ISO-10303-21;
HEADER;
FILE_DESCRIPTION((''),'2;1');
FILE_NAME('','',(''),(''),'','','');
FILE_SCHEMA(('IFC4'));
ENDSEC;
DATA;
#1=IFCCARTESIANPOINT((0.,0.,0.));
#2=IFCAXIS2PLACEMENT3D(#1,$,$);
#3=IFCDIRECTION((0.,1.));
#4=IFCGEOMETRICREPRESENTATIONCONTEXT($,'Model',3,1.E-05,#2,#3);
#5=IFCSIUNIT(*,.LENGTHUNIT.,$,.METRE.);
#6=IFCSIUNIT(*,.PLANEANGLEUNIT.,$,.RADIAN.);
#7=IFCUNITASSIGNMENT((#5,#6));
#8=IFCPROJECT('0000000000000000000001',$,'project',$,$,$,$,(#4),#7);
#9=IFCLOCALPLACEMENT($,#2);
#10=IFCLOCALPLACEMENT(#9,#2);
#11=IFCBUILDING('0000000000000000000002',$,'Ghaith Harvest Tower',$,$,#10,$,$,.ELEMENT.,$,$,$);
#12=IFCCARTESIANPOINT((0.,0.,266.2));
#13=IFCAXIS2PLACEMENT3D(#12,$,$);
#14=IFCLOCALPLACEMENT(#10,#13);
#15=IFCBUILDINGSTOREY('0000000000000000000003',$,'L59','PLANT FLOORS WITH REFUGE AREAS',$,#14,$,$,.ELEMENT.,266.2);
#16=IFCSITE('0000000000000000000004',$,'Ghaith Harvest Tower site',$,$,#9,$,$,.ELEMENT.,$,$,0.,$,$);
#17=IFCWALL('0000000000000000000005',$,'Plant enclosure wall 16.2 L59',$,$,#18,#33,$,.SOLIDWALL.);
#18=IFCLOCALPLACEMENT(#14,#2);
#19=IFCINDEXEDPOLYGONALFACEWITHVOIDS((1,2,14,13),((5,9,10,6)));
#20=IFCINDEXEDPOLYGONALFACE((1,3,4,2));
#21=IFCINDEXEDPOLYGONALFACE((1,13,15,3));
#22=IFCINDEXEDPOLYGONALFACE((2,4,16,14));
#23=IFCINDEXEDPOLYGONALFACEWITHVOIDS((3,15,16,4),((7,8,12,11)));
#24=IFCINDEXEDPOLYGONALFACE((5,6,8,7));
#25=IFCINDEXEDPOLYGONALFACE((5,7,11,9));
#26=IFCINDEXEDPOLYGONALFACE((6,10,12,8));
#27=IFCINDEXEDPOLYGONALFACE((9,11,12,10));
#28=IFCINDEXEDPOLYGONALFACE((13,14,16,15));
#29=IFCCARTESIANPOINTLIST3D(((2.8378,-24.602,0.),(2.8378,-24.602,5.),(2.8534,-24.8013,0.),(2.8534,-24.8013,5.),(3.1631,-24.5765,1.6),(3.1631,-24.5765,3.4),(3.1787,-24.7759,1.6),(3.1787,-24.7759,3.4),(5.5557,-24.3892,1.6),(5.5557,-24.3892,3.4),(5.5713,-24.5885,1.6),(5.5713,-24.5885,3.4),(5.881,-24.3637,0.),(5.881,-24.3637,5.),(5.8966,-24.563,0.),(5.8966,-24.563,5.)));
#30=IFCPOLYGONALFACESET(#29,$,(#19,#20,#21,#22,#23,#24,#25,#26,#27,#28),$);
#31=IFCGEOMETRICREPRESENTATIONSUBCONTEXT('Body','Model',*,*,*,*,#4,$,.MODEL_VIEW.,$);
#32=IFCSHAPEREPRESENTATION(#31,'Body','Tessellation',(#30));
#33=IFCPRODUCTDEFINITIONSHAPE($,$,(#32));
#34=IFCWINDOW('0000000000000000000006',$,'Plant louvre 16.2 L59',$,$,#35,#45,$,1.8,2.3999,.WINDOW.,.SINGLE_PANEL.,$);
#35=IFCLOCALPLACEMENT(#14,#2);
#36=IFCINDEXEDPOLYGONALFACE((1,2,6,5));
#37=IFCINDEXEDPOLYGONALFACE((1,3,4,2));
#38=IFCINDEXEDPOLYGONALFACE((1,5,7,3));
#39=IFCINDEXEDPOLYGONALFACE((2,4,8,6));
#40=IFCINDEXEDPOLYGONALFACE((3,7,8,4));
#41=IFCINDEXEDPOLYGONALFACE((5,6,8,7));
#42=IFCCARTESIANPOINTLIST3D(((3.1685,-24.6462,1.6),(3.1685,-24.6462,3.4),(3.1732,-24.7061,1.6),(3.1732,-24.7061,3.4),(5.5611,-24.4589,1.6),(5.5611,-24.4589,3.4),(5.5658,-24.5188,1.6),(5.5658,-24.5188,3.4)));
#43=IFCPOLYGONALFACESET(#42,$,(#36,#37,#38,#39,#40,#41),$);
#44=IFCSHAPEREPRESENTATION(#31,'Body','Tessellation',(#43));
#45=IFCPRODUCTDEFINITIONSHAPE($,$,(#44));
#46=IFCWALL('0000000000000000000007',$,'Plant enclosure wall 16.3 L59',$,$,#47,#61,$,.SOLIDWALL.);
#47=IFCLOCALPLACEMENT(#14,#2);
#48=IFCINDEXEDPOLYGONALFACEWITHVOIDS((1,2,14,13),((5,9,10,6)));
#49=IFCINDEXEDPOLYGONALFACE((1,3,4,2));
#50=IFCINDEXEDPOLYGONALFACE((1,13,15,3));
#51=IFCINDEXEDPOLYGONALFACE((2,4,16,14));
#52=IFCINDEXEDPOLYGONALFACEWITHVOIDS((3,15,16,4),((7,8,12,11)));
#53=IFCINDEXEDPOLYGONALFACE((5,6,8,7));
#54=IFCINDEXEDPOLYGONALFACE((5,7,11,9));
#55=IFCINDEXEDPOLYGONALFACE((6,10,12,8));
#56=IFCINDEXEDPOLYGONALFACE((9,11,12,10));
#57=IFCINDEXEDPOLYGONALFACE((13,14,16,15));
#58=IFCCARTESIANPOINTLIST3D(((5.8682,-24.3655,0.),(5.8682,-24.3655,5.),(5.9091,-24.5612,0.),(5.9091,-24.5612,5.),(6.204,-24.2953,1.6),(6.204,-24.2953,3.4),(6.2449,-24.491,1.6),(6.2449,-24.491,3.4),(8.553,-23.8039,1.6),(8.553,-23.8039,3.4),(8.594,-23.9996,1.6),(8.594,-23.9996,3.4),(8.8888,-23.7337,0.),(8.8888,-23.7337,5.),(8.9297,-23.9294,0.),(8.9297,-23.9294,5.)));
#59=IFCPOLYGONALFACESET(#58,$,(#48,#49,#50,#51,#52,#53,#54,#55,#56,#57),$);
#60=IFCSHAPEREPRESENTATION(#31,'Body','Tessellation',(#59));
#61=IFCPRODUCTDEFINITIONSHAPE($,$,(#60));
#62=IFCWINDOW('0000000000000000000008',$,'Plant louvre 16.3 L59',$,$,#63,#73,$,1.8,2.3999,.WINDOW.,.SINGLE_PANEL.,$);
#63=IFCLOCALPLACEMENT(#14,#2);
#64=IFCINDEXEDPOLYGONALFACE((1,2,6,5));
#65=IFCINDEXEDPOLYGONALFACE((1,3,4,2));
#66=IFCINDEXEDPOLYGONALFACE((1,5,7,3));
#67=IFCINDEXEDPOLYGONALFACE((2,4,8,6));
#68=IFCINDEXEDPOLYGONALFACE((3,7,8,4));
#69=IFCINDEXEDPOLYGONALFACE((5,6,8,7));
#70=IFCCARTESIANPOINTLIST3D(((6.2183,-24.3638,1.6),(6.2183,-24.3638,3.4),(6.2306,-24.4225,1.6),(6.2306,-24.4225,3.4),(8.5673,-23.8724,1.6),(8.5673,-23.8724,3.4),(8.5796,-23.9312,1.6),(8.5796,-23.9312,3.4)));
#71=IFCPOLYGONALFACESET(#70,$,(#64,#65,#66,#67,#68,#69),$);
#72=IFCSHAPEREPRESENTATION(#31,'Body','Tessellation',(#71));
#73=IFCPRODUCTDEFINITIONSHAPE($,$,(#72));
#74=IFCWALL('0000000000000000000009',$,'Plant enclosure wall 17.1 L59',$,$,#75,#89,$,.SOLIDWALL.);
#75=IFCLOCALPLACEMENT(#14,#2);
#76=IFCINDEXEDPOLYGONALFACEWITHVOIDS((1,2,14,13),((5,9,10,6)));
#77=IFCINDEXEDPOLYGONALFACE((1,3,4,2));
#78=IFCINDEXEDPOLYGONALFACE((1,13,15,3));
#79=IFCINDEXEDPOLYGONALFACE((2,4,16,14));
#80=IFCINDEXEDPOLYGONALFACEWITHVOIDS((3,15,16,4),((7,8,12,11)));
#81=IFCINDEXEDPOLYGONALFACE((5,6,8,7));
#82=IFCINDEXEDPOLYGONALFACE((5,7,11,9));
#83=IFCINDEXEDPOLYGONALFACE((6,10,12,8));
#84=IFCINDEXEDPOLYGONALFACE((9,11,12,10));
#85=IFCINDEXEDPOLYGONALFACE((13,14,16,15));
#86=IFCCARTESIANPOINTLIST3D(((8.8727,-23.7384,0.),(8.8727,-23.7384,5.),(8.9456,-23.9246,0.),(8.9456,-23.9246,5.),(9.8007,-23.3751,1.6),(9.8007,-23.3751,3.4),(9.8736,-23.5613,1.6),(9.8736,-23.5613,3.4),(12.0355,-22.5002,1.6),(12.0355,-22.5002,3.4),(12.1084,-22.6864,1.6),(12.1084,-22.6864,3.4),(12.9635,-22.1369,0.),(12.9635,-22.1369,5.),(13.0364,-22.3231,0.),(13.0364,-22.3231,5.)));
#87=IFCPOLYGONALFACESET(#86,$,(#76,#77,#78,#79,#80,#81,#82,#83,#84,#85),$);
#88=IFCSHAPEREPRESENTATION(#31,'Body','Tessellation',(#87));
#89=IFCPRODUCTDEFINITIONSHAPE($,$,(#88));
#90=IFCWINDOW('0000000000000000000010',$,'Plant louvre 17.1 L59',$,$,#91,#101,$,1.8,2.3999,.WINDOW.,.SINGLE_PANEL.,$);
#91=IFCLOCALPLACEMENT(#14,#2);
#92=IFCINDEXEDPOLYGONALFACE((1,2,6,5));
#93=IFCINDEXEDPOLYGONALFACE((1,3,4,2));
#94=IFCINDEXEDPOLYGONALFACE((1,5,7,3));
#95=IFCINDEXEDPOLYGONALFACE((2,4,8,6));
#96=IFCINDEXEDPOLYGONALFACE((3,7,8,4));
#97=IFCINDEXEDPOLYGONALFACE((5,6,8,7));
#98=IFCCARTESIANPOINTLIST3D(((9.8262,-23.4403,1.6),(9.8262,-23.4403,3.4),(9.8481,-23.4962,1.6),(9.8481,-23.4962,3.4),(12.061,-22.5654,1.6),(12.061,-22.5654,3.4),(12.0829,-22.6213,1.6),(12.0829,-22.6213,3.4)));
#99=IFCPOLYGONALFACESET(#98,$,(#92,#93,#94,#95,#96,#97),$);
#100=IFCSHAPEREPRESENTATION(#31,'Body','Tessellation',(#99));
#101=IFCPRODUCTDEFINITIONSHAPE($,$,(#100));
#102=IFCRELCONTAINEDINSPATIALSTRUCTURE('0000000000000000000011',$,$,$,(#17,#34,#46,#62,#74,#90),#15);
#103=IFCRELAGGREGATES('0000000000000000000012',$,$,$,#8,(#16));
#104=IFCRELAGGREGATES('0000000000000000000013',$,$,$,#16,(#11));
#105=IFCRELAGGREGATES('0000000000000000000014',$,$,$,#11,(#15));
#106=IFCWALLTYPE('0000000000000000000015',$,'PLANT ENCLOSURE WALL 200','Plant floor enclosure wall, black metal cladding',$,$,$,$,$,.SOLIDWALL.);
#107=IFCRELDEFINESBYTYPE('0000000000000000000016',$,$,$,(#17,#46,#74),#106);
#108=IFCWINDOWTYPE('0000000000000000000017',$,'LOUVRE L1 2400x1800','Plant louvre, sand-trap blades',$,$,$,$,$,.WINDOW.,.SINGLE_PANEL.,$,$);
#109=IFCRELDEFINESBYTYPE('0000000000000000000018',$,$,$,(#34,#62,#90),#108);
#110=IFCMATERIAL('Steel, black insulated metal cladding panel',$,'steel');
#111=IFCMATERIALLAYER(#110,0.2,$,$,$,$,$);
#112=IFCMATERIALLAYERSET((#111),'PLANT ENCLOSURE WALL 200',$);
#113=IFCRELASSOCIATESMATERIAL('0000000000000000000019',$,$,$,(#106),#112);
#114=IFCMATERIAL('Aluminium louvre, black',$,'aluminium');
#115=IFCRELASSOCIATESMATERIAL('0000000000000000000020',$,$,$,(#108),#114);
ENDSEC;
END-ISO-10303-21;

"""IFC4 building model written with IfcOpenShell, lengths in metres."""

from ifc_helpers import new_model, si_unit, direction, frame, frame_2d, origin, place, context, subcontext, project, spatial, rectangle, extrude, material, layer, layer_set, type_object, element, fill, save


model = new_model("IFC4")

# Units and contexts
model_context = context("Model", 3, precision=1e-05, world=origin(), true_north=direction((0.0, 1.0)))
body_context = subcontext(model_context, "Body", "Model", "MODEL_VIEW")
ifc_project = project(units=[si_unit("LENGTHUNIT", "METRE"), si_unit("PLANEANGLEUNIT", "RADIAN")], contexts=[model_context])

# Site, building, storey
site_placement = place(None, origin())
site = spatial("IfcSite", under=ifc_project, at=site_placement, Name="Ghaith Harvest Tower site", CompositionType="ELEMENT", RefElevation=0.0)
building_placement = place(site_placement, origin())
building = spatial("IfcBuilding", under=site, at=building_placement, Name="Ghaith Harvest Tower", CompositionType="ELEMENT")
storey_placement = place(building_placement, frame((0.0, 0.0, 266.2)))
storey = spatial("IfcBuildingStorey", under=building, at=storey_placement, Name="L59", Description="PLANT FLOORS WITH REFUGE AREAS", CompositionType="ELEMENT", Elevation=266.2)

# Walls, openings, windows
ifc_material_1 = material(Name="Steel, black insulated metal cladding panel", Category="steel")
ifc_layer_1 = layer(ifc_material_1, 0.2)
ifc_layer_set_1 = layer_set([ifc_layer_1], Name="PLANT ENCLOSURE WALL 200")
wall_type_1 = type_object("IfcWallType", Name="PLANT ENCLOSURE WALL 200", Description="Plant floor enclosure wall, black metal cladding", PredefinedType="SOLIDWALL", material=ifc_layer_set_1)
wall_1_placement = place(storey_placement, frame((2.8455, -24.7017, 0.0), z_axis=(0.0, 0.0, 1.0), x_axis=(0.996949, 0.07806, 0.0)))
wall_1 = element("IfcWall", 1, at=wall_1_placement, inside=storey, type_object=wall_type_1, Name="Plant enclosure wall 16.2 L59", PredefinedType="SOLIDWALL", context=body_context, shape_type="SweptSolid", body=[
    extrude(rectangle(XDim=3.0525, YDim=0.2, at=frame_2d((1.5264, 0.0))), origin(), (0.0, 0.0, 1.0), 5.0),
])
opening_1_placement = place(wall_1_placement, frame((0.3264, 0.0, 1.6001)))
opening_1 = element("IfcOpeningElement", 2, at=opening_1_placement, cuts=wall_1, PredefinedType="OPENING", context=body_context, shape_type="SweptSolid", body=[
    extrude(rectangle(XDim=2.3999, YDim=1.8, at=frame_2d((1.2, 0.8999))), frame((0.0, 0.1099, 0.0), z_axis=(0.0, -1.0, 0.0), x_axis=(1.0, 0.0, 0.0)), (0.0, 0.0, 1.0), 0.22),
])
ifc_material_2 = material(Name="Aluminium louvre, black", Category="aluminium")
window_type = type_object("IfcWindowType", Name="LOUVRE L1 2400x1800", Description="Plant louvre, sand-trap blades", PartitioningType="SINGLE_PANEL", PredefinedType="WINDOW", material=ifc_material_2)
window_1_placement = place(opening_1_placement, origin())
window_1 = element("IfcWindow", 3, at=window_1_placement, inside=storey, type_object=window_type, Name="Plant louvre 16.2 L59", OverallHeight=1.8, OverallWidth=2.3999, PartitioningType="SINGLE_PANEL", PredefinedType="WINDOW", context=body_context, shape_type="SweptSolid", body=[
    extrude(rectangle(XDim=2.3999, YDim=1.8, at=frame_2d((1.2, 0.8999))), frame((0.0, 0.03, 0.0), z_axis=(0.0, -1.0, 0.0), x_axis=(1.0, 0.0, 0.0)), (0.0, 0.0, 1.0), 0.0601),
])
fill(opening_1, window_1)
wall_2_placement = place(storey_placement, frame((5.8887, -24.4634, 0.0), z_axis=(0.0, 0.0, 1.0), x_axis=(0.978814, 0.20475, 0.0)))
wall_2 = element("IfcWall", 4, at=wall_2_placement, inside=storey, type_object=wall_type_1, Name="Plant enclosure wall 16.3 L59", PredefinedType="SOLIDWALL", context=body_context, shape_type="SweptSolid", body=[
    extrude(rectangle(XDim=3.0859, YDim=0.2, at=frame_2d((1.543, 0.0))), origin(), (0.0, 0.0, 1.0), 5.0),
])
opening_2_placement = place(wall_2_placement, frame((0.343, 0.0, 1.6001)))
opening_2 = element("IfcOpeningElement", 5, at=opening_2_placement, cuts=wall_2, PredefinedType="OPENING", context=body_context, shape_type="SweptSolid", body=[
    extrude(rectangle(XDim=2.3999, YDim=1.8, at=frame_2d((1.2, 0.8999))), frame((0.0, 0.1099, 0.0), z_axis=(0.0, -1.0, 0.0), x_axis=(1.0, 0.0, 0.0)), (0.0, 0.0, 1.0), 0.22),
])
window_2_placement = place(opening_2_placement, origin())
window_2 = element("IfcWindow", 6, at=window_2_placement, inside=storey, type_object=window_type, Name="Plant louvre 16.3 L59", OverallHeight=1.8, OverallWidth=2.3999, PartitioningType="SINGLE_PANEL", PredefinedType="WINDOW", context=body_context, shape_type="SweptSolid", body=[
    extrude(rectangle(XDim=2.3999, YDim=1.8, at=frame_2d((1.2, 0.8999))), frame((0.0, 0.03, 0.0), z_axis=(0.0, -1.0, 0.0), x_axis=(1.0, 0.0, 0.0)), (0.0, 0.0, 1.0), 0.0601),
])
fill(opening_2, window_2)
wall_3_placement = place(storey_placement, frame((8.9092, -23.8315, 0.0), z_axis=(0.0, 0.0, 1.0), x_axis=(0.93118, 0.364559, 0.0)))
wall_3 = element("IfcWall", 7, at=wall_3_placement, inside=storey, type_object=wall_type_1, Name="Plant enclosure wall 17.1 L59", PredefinedType="SOLIDWALL", context=body_context, shape_type="SweptSolid", body=[
    extrude(rectangle(XDim=4.3931, YDim=0.2, at=frame_2d((2.1965, 0.0))), origin(), (0.0, 0.0, 1.0), 5.0),
])
opening_3_placement = place(wall_3_placement, frame((0.9966, 0.0, 1.6001)))
opening_3 = element("IfcOpeningElement", 8, at=opening_3_placement, cuts=wall_3, PredefinedType="OPENING", context=body_context, shape_type="SweptSolid", body=[
    extrude(rectangle(XDim=2.3999, YDim=1.8, at=frame_2d((1.2, 0.8999))), frame((0.0, 0.1099, 0.0), z_axis=(0.0, -1.0, 0.0), x_axis=(1.0, 0.0, 0.0)), (0.0, 0.0, 1.0), 0.22),
])
window_3_placement = place(opening_3_placement, origin())
window_3 = element("IfcWindow", 9, at=window_3_placement, inside=storey, type_object=window_type, Name="Plant louvre 17.1 L59", OverallHeight=1.8, OverallWidth=2.3999, PartitioningType="SINGLE_PANEL", PredefinedType="WINDOW", context=body_context, shape_type="SweptSolid", body=[
    extrude(rectangle(XDim=2.3999, YDim=1.8, at=frame_2d((1.2, 0.8999))), frame((0.0, 0.03, 0.0), z_axis=(0.0, -1.0, 0.0), x_axis=(1.0, 0.0, 0.0)), (0.0, 0.0, 1.0), 0.0601),
])
fill(opening_3, window_3)

save(model, "model.ifc")
